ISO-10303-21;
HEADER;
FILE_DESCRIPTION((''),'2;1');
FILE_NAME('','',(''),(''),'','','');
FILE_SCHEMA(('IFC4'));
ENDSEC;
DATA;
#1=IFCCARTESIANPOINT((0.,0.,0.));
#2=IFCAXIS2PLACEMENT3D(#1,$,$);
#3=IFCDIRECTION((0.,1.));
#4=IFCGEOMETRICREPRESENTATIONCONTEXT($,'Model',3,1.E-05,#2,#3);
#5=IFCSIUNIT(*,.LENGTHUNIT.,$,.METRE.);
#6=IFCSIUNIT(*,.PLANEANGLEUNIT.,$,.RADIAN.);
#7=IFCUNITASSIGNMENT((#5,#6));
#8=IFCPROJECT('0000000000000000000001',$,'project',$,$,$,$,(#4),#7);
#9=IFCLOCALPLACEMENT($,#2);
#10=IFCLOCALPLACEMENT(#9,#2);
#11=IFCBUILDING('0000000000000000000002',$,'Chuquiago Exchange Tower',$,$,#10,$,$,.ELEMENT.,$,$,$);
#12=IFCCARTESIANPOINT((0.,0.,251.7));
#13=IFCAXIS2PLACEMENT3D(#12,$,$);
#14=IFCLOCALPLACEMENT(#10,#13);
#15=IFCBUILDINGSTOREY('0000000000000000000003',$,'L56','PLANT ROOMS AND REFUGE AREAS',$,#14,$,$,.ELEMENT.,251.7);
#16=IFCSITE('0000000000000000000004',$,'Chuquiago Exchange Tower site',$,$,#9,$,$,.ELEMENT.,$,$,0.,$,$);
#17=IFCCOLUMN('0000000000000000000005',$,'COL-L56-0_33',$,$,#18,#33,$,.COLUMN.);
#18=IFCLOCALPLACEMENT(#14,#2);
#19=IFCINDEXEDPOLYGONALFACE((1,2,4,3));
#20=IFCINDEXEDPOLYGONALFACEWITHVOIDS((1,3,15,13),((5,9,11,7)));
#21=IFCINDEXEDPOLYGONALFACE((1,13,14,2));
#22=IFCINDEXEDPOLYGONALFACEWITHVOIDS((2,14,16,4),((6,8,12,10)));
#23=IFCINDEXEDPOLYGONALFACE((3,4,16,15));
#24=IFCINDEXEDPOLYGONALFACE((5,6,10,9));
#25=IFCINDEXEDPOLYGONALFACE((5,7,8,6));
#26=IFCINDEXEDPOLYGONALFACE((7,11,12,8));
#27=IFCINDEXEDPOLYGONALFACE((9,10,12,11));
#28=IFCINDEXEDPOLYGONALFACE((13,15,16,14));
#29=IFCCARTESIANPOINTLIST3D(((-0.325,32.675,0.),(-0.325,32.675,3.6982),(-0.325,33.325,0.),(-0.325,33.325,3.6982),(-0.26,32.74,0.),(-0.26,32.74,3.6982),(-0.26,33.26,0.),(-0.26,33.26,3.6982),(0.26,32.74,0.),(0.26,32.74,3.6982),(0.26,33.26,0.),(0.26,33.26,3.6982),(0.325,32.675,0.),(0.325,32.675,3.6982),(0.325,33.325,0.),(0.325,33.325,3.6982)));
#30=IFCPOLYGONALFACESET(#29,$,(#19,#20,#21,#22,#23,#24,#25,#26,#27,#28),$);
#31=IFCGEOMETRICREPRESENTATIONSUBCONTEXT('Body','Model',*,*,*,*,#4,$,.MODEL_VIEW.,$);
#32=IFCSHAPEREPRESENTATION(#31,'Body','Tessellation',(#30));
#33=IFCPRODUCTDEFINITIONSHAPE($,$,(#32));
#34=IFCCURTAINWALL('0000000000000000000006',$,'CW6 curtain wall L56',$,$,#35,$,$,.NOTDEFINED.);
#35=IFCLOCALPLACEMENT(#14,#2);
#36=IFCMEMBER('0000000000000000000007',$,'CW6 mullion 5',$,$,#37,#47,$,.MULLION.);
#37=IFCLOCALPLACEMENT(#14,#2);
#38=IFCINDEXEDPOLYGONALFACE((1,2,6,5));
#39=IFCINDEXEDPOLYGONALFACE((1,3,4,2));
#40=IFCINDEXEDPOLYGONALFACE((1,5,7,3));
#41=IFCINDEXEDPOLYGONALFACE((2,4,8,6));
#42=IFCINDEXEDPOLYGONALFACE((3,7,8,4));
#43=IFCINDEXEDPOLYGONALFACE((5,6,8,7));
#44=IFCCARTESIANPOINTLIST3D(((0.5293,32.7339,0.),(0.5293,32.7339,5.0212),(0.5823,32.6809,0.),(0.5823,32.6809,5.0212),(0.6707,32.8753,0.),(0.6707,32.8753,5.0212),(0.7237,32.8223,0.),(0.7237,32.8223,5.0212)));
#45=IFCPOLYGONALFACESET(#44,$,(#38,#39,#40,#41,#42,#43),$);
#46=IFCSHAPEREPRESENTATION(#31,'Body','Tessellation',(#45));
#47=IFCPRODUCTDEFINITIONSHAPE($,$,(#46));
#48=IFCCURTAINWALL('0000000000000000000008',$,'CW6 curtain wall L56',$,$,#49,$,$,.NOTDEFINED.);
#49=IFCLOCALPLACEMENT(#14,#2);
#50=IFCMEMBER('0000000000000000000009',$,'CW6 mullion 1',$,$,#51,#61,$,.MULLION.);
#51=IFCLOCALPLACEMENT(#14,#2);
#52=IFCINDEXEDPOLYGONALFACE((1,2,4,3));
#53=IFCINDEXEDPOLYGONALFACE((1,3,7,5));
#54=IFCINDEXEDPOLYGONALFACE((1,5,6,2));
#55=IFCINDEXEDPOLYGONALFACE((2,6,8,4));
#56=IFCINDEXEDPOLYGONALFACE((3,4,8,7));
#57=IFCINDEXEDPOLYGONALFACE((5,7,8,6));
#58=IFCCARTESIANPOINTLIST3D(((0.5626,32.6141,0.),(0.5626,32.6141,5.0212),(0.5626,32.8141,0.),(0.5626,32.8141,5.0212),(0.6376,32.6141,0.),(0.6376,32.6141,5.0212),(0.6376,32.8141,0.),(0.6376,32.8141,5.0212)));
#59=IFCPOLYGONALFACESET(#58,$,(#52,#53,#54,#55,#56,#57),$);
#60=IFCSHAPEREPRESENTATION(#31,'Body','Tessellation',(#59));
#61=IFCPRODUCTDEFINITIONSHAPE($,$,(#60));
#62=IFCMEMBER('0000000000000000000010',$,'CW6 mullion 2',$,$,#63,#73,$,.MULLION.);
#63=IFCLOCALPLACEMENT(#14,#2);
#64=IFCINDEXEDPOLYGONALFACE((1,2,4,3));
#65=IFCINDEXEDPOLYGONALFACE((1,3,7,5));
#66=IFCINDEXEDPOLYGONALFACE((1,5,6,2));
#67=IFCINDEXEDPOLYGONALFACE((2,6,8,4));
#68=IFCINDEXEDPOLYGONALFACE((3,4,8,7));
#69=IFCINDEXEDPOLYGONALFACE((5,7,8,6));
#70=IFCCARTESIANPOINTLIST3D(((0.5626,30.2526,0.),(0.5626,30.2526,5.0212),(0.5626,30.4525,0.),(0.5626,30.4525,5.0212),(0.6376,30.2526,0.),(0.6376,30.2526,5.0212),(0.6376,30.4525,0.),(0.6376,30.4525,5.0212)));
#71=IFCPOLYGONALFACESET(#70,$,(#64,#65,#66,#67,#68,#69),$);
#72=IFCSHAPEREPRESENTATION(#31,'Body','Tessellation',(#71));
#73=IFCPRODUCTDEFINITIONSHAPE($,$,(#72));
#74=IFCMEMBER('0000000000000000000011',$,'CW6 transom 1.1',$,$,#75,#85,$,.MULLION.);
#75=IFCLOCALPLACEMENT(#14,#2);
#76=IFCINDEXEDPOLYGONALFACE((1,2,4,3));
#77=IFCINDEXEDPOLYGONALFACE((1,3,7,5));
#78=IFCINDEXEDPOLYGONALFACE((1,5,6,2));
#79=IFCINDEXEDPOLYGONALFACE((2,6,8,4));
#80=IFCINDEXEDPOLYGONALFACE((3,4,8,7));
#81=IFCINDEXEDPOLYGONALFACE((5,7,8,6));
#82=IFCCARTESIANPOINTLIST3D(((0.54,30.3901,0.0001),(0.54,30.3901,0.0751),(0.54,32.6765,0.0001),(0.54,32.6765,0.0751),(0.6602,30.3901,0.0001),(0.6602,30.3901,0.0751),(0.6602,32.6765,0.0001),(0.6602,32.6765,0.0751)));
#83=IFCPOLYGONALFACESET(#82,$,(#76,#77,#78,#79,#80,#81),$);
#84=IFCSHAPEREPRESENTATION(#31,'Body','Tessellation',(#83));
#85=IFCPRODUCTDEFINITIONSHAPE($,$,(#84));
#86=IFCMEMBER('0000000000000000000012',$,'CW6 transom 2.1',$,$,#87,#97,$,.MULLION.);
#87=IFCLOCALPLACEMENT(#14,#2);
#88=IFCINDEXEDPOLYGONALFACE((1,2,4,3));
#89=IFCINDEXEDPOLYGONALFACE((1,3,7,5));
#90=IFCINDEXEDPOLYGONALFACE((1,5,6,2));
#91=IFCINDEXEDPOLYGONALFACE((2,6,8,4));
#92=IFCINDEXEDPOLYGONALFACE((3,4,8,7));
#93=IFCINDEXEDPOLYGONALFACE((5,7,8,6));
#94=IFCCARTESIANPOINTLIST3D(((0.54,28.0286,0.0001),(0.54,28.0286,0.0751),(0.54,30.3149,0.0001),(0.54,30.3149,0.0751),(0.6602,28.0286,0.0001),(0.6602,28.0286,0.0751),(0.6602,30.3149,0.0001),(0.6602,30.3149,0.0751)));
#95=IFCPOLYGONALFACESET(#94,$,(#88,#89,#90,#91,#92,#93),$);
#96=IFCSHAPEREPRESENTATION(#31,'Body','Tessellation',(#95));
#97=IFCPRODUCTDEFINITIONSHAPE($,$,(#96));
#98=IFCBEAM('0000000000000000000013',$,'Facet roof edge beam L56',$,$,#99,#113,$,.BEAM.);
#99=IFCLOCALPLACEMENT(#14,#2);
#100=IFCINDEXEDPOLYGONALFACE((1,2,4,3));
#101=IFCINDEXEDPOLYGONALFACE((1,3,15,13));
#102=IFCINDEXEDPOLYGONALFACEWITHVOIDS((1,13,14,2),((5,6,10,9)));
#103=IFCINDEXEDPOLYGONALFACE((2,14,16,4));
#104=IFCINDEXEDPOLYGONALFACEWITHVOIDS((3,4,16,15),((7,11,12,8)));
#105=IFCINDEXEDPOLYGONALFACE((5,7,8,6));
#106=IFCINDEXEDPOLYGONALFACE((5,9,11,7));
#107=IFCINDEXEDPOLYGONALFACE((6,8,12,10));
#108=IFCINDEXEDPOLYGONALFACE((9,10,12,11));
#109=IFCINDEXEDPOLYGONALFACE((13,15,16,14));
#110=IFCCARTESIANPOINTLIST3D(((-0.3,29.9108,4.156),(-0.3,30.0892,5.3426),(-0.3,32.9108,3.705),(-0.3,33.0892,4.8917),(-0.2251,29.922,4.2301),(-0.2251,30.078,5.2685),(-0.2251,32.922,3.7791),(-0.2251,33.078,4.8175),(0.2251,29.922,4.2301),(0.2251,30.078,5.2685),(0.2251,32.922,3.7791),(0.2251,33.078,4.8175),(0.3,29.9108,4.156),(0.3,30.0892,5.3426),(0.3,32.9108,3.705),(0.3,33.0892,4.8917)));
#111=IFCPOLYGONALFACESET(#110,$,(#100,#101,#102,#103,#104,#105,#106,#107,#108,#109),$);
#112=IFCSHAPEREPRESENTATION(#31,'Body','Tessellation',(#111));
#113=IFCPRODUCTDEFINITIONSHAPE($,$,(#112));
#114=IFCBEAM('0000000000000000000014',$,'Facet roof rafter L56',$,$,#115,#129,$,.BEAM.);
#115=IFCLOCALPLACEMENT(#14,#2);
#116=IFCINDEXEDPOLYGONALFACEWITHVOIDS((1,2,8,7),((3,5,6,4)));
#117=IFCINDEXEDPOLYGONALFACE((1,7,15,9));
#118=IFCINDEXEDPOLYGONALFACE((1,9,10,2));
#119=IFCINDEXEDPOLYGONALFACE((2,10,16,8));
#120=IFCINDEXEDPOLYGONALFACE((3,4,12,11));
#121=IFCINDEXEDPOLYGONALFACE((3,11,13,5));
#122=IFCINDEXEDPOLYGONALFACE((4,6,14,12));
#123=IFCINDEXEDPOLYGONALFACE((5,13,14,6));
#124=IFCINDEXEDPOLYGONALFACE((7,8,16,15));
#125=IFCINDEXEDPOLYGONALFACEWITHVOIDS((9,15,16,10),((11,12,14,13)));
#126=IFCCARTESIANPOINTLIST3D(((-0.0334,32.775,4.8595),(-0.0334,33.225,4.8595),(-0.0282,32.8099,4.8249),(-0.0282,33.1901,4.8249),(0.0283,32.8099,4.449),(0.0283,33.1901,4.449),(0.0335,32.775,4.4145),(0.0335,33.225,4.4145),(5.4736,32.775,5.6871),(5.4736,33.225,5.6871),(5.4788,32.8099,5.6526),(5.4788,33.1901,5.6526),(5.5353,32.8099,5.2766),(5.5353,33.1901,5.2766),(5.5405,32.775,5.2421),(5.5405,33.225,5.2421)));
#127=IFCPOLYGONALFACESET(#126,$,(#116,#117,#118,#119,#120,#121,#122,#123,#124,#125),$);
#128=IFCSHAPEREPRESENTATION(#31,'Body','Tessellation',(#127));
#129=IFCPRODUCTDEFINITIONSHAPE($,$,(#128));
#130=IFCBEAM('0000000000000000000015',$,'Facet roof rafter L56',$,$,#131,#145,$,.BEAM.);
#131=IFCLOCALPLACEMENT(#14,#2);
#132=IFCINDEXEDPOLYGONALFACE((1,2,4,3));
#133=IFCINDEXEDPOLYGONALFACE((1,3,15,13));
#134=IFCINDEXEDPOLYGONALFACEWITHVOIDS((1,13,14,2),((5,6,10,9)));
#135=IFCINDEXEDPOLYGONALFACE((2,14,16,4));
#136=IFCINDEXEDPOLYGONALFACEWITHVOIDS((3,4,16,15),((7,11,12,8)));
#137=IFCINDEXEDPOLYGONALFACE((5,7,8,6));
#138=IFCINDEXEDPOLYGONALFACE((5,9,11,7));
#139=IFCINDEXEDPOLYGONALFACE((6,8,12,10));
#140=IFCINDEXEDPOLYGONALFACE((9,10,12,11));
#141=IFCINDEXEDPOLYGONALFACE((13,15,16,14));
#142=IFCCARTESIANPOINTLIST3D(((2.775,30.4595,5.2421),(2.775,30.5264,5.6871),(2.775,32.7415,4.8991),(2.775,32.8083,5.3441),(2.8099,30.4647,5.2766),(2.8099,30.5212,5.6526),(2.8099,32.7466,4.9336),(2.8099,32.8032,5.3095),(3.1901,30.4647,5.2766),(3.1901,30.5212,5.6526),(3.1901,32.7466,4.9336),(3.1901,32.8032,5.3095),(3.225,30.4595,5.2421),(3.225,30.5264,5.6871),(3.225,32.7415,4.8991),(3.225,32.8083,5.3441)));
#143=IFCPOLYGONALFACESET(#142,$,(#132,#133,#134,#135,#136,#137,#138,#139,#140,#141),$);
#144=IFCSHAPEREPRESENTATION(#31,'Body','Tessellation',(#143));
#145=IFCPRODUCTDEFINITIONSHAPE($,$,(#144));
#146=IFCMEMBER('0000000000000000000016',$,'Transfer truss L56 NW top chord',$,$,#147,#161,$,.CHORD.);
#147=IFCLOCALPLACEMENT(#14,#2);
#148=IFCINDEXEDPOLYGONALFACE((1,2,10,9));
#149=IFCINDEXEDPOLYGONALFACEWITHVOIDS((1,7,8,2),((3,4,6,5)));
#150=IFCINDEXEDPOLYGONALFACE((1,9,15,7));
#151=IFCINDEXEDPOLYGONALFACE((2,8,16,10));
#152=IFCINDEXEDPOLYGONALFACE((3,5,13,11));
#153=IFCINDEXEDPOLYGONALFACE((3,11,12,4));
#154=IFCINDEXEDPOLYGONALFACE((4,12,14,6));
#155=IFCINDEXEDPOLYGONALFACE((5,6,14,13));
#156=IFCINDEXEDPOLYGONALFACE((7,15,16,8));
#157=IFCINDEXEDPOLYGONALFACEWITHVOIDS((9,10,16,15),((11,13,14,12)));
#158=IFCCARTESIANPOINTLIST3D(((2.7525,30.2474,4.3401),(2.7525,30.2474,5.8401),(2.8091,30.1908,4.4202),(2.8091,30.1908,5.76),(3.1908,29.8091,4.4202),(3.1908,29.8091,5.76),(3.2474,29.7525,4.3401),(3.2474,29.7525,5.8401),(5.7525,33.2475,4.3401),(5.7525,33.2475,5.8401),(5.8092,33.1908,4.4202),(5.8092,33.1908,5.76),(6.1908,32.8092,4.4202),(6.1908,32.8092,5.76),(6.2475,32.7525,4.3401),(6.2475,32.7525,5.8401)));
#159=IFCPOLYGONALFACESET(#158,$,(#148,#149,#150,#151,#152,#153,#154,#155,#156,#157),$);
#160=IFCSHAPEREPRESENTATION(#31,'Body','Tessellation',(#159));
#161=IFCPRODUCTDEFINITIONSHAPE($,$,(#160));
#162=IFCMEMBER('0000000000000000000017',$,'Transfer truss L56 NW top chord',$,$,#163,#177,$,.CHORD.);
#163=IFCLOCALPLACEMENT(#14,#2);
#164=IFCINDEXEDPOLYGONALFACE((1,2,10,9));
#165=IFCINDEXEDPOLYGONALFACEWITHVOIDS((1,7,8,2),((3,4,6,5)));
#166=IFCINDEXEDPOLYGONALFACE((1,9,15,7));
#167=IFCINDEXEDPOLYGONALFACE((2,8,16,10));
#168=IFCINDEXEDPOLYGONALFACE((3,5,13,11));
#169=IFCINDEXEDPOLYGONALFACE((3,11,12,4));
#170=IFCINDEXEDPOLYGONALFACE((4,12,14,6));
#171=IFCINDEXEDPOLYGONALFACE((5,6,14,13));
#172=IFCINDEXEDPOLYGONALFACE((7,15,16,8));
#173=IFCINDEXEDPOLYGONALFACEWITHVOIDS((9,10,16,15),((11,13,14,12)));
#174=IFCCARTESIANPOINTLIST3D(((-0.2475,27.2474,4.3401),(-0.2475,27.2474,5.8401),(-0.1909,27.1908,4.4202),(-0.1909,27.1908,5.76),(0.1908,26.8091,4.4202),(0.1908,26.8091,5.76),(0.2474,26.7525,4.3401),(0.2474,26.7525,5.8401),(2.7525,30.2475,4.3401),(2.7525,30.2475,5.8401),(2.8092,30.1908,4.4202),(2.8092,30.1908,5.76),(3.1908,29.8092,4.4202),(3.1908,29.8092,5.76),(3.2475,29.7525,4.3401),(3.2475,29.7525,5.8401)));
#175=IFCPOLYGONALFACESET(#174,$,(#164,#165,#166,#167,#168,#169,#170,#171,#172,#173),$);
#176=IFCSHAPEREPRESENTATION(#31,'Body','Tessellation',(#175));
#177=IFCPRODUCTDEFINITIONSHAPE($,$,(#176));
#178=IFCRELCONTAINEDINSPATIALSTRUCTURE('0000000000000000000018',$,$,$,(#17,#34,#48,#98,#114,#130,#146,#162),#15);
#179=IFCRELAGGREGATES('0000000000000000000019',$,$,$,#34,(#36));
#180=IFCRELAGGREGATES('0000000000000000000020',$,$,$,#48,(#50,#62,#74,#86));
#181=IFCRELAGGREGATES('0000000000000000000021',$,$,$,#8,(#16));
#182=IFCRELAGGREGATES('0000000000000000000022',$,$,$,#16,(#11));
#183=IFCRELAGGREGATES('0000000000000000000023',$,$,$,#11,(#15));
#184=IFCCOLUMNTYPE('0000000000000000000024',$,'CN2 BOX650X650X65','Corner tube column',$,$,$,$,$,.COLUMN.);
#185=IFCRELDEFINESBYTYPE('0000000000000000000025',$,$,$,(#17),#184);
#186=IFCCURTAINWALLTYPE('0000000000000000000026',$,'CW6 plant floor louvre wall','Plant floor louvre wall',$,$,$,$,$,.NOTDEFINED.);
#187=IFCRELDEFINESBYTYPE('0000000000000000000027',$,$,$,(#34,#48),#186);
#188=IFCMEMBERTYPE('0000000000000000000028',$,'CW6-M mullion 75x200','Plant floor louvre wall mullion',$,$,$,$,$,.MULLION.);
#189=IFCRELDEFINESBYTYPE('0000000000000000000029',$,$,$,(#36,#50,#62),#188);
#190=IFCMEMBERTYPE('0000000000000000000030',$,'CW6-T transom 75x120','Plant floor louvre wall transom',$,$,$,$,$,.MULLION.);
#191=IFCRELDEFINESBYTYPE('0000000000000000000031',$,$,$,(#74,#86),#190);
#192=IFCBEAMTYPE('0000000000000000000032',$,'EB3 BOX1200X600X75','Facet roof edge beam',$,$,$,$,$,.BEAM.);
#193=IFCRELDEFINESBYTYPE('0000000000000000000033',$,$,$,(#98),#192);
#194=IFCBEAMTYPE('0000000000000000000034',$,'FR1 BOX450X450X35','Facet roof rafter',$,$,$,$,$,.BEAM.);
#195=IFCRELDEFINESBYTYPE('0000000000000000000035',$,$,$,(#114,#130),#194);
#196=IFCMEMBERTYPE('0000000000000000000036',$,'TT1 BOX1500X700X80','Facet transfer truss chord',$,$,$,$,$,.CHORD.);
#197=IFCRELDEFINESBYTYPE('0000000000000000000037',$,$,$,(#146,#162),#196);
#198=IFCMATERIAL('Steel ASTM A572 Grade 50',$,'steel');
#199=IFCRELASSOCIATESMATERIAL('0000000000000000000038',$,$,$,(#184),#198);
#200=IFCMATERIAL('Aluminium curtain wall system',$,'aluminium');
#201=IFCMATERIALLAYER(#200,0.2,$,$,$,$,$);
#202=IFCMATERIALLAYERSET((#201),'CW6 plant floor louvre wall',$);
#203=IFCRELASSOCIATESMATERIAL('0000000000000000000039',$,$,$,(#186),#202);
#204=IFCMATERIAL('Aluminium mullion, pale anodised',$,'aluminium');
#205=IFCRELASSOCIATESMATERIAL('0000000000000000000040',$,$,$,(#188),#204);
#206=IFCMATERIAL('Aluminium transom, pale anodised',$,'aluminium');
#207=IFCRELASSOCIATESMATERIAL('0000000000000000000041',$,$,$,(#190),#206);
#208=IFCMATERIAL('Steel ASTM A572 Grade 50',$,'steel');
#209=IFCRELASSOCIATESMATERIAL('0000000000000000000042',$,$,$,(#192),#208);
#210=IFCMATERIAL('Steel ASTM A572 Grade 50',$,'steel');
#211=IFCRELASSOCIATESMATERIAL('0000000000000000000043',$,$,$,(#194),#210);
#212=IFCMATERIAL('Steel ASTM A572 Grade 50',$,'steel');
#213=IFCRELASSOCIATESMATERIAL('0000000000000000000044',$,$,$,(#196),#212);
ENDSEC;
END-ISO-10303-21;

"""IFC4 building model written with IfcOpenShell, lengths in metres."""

from ifc_helpers import new_model, si_unit, direction, frame, origin, origin_2d, place, context, subcontext, project, spatial, rectangle, hollow_rectangle, extrude, material, layer, layer_set, material_profile, profile_set, type_object, element, aggregate, save


model = new_model("IFC4")

# Units and contexts
model_context = context("Model", 3, precision=1e-05, world=origin(), true_north=direction((0.0, 1.0)))
body_context = subcontext(model_context, "Body", "Model", "MODEL_VIEW")
ifc_project = project(units=[si_unit("LENGTHUNIT", "METRE"), si_unit("PLANEANGLEUNIT", "RADIAN")], contexts=[model_context])

# Site, building, storey
site_placement = place(None, origin())
site = spatial("IfcSite", under=ifc_project, at=site_placement, Name="Chuquiago Exchange Tower site", CompositionType="ELEMENT", RefElevation=0.0)
building_placement = place(site_placement, origin())
building = spatial("IfcBuilding", under=site, at=building_placement, Name="Chuquiago Exchange Tower", CompositionType="ELEMENT")
storey_placement = place(building_placement, frame((0.0, 0.0, 251.7)))
storey = spatial("IfcBuildingStorey", under=building, at=storey_placement, Name="L56", Description="PLANT ROOMS AND REFUGE AREAS", CompositionType="ELEMENT", Elevation=251.7)

# Column
ifc_material_1 = material(Name="Steel ASTM A572 Grade 50", Category="steel")
ifc_material_profile_1 = material_profile(ifc_material_1, hollow_rectangle(XDim=0.6499, YDim=0.6499, WallThickness=0.0649, at=origin_2d()), Name="BOX650X650X65")
ifc_profile_set_1 = profile_set([ifc_material_profile_1], Name="Steel ASTM A572 Grade 50")
column_type = type_object("IfcColumnType", Name="CN2 BOX650X650X65", Description="Corner tube column", PredefinedType="COLUMN", material=ifc_profile_set_1)
column_placement = place(storey_placement, frame((0.0, 33.0, 0.0), z_axis=(0.0, 0.0, 1.0), x_axis=(-1.0, 0.0, 0.0)))
element("IfcColumn", 1, at=column_placement, inside=storey, type_object=column_type, Name="COL-L56-0_33", PredefinedType="COLUMN", context=body_context, shape_type="SweptSolid", body=[
    extrude(hollow_rectangle(XDim=0.6499, YDim=0.6499, WallThickness=0.0649, at=origin_2d()), origin(), (0.0, 0.0, 1.0), 3.6982),
])

# Curtain wall, member
ifc_material_2 = material(Name="Aluminium curtain wall system", Category="aluminium")
ifc_layer_1 = layer(ifc_material_2, 0.2)
ifc_layer_set_1 = layer_set([ifc_layer_1], Name="CW6 plant floor louvre wall")
curtain_wall_type = type_object("IfcCurtainWallType", Name="CW6 plant floor louvre wall", Description="Plant floor louvre wall", PredefinedType="NOTDEFINED", material=ifc_layer_set_1)
curtain_wall_1_placement = place(storey_placement, origin())
curtain_wall_1 = element("IfcCurtainWall", 2, at=curtain_wall_1_placement, inside=storey, type_object=curtain_wall_type, Name="CW6 curtain wall L56", PredefinedType="NOTDEFINED")
ifc_material_3 = material(Name="Aluminium mullion, pale anodised", Category="aluminium")
ifc_material_profile_2 = material_profile(ifc_material_3, rectangle(XDim=0.075, YDim=0.2, at=origin_2d()), Name="AL 75x200")
ifc_profile_set_2 = profile_set([ifc_material_profile_2], Name="Aluminium mullion, pale anodised")
member_type_1 = type_object("IfcMemberType", Name="CW6-M mullion 75x200", Description="Plant floor louvre wall mullion", PredefinedType="MULLION", material=ifc_profile_set_2)
member_1_placement = place(storey_placement, frame((0.6265, 32.7781, 0.0), z_axis=(0.0, 0.0, 1.0), x_axis=(0.707107, -0.707107, 0.0)))
member_1 = element("IfcMember", 3, at=member_1_placement, type_object=member_type_1, Name="CW6 mullion 5", PredefinedType="MULLION", context=body_context, shape_type="SweptSolid", body=[
    extrude(rectangle(XDim=0.075, YDim=0.2, at=origin_2d()), origin(), (0.0, 0.0, 1.0), 5.0212),
])
aggregate(curtain_wall_1, [member_1])

# Curtain wall, members
curtain_wall_2_placement = place(storey_placement, origin())
curtain_wall_2 = element("IfcCurtainWall", 4, at=curtain_wall_2_placement, inside=storey, type_object=curtain_wall_type, Name="CW6 curtain wall L56", PredefinedType="NOTDEFINED")
member_2_placement = place(storey_placement, frame((0.6001, 32.7141, 0.0), z_axis=(0.0, 0.0, 1.0), x_axis=(1.0, 0.0, 0.0)))
member_2 = element("IfcMember", 5, at=member_2_placement, type_object=member_type_1, Name="CW6 mullion 1", PredefinedType="MULLION", context=body_context, shape_type="SweptSolid", body=[
    extrude(rectangle(XDim=0.075, YDim=0.2, at=origin_2d()), origin(), (0.0, 0.0, 1.0), 5.0212),
])
member_3_placement = place(storey_placement, frame((0.6001, 30.3525, 0.0), z_axis=(0.0, 0.0, 1.0), x_axis=(1.0, 0.0, 0.0)))
member_3 = element("IfcMember", 6, at=member_3_placement, type_object=member_type_1, Name="CW6 mullion 2", PredefinedType="MULLION", context=body_context, shape_type="SweptSolid", body=[
    extrude(rectangle(XDim=0.075, YDim=0.2, at=origin_2d()), origin(), (0.0, 0.0, 1.0), 5.0212),
])
ifc_material_4 = material(Name="Aluminium transom, pale anodised", Category="aluminium")
ifc_material_profile_3 = material_profile(ifc_material_4, rectangle(XDim=0.1201, YDim=0.075, at=origin_2d()), Name="AL 120x75")
ifc_profile_set_3 = profile_set([ifc_material_profile_3], Name="Aluminium transom, pale anodised")
member_type_2 = type_object("IfcMemberType", Name="CW6-T transom 75x120", Description="Plant floor louvre wall transom", PredefinedType="MULLION", material=ifc_profile_set_3)
member_4_placement = place(storey_placement, frame((0.6001, 32.6765, 0.0376), z_axis=(0.0, -1.0, 0.0), x_axis=(1.0, 0.0, 0.0)))
member_4 = element("IfcMember", 7, at=member_4_placement, type_object=member_type_2, Name="CW6 transom 1.1", PredefinedType="MULLION", context=body_context, shape_type="SweptSolid", body=[
    extrude(rectangle(XDim=0.1201, YDim=0.075, at=origin_2d()), origin(), (0.0, 0.0, 1.0), 2.2864),
])
member_5_placement = place(storey_placement, frame((0.6001, 30.3149, 0.0376), z_axis=(0.0, -1.0, 0.0), x_axis=(1.0, 0.0, 0.0)))
member_5 = element("IfcMember", 8, at=member_5_placement, type_object=member_type_2, Name="CW6 transom 2.1", PredefinedType="MULLION", context=body_context, shape_type="SweptSolid", body=[
    extrude(rectangle(XDim=0.1201, YDim=0.075, at=origin_2d()), origin(), (0.0, 0.0, 1.0), 2.2864),
])

# Beams
ifc_material_5 = material(Name="Steel ASTM A572 Grade 50", Category="steel")
ifc_material_profile_4 = material_profile(ifc_material_5, hollow_rectangle(XDim=0.6001, YDim=1.2, WallThickness=0.075, at=origin_2d()), Name="BOX1200X600X75")
ifc_profile_set_4 = profile_set([ifc_material_profile_4], Name="Steel ASTM A572 Grade 50")
beam_type_1 = type_object("IfcBeamType", Name="EB3 BOX1200X600X75", Description="Facet roof edge beam", PredefinedType="BEAM", material=ifc_profile_set_4)
beam_1_placement = place(storey_placement, frame((0.0, 33.0, 4.2983), z_axis=(0.0, -0.988891, 0.14864), x_axis=(1.0, 0.0, 0.0)))
element("IfcBeam", 9, at=beam_1_placement, inside=storey, type_object=beam_type_1, Name="Facet roof edge beam L56", PredefinedType="BEAM", context=body_context, shape_type="SweptSolid", body=[
    extrude(hollow_rectangle(XDim=0.6001, YDim=1.2, WallThickness=0.075, at=origin_2d()), origin(), (0.0, 0.0, 1.0), 3.0337),
])
ifc_material_6 = material(Name="Steel ASTM A572 Grade 50", Category="steel")
ifc_material_profile_5 = material_profile(ifc_material_6, hollow_rectangle(XDim=0.45, YDim=0.45, WallThickness=0.0349, at=origin_2d()), Name="BOX450X450X35")
ifc_profile_set_5 = profile_set([ifc_material_profile_5], Name="Steel ASTM A572 Grade 50")
beam_type_2 = type_object("IfcBeamType", Name="FR1 BOX450X450X35", Description="Facet roof rafter", PredefinedType="BEAM", material=ifc_profile_set_5)
beam_2_placement = place(storey_placement, frame((5.5071, 33.0, 5.4646), z_axis=(-0.988895, 0.0, -0.148617), x_axis=(0.0, -1.0, 0.0)))
element("IfcBeam", 10, at=beam_2_placement, inside=storey, type_object=beam_type_2, Name="Facet roof rafter L56", PredefinedType="BEAM", context=body_context, shape_type="SweptSolid", body=[
    extrude(hollow_rectangle(XDim=0.45, YDim=0.45, WallThickness=0.0349, at=origin_2d()), origin(), (0.0, 0.0, 1.0), 5.5688),
])
beam_3_placement = place(storey_placement, frame((3.0, 30.4929, 5.4646), z_axis=(0.0, 0.988891, -0.148646), x_axis=(-1.0, 0.0, 0.0)))
element("IfcBeam", 11, at=beam_3_placement, inside=storey, type_object=beam_type_2, Name="Facet roof rafter L56", PredefinedType="BEAM", context=body_context, shape_type="SweptSolid", body=[
    extrude(hollow_rectangle(XDim=0.45, YDim=0.45, WallThickness=0.0349, at=origin_2d()), origin(), (0.0, 0.0, 1.0), 2.3076),
])

# Members
ifc_material_7 = material(Name="Steel ASTM A572 Grade 50", Category="steel")
ifc_material_profile_6 = material_profile(ifc_material_7, hollow_rectangle(XDim=0.7, YDim=1.5, WallThickness=0.0801, at=origin_2d()), Name="BOX1500X700X80")
ifc_profile_set_6 = profile_set([ifc_material_profile_6], Name="Steel ASTM A572 Grade 50")
member_type_3 = type_object("IfcMemberType", Name="TT1 BOX1500X700X80", Description="Facet transfer truss chord", PredefinedType="CHORD", material=ifc_profile_set_6)
for number, where, z_axis, x_axis, name in (
    (12, (6.0, 33.0, 5.0901), (-0.707107, -0.707107, 0.0), (0.707107, -0.707107, 0.0), "Transfer truss L56 NW top chord"),
    (13, (3.0, 30.0, 5.0901), (-0.707107, -0.707107, 0.0), (0.707107, -0.707107, 0.0), "Transfer truss L56 NW top chord"),
):
    element("IfcMember", number, at=place(storey_placement, frame(where, z_axis=z_axis, x_axis=x_axis)), inside=storey, type_object=member_type_3, Name=name, PredefinedType="CHORD", context=body_context, shape_type="SweptSolid", body=[
        extrude(hollow_rectangle(XDim=0.7, YDim=1.5, WallThickness=0.0801, at=origin_2d()), origin(), (0.0, 0.0, 1.0), 4.2427),
    ])

aggregate(curtain_wall_2, [member_2, member_3, member_4, member_5])

save(model, "model.ifc")
